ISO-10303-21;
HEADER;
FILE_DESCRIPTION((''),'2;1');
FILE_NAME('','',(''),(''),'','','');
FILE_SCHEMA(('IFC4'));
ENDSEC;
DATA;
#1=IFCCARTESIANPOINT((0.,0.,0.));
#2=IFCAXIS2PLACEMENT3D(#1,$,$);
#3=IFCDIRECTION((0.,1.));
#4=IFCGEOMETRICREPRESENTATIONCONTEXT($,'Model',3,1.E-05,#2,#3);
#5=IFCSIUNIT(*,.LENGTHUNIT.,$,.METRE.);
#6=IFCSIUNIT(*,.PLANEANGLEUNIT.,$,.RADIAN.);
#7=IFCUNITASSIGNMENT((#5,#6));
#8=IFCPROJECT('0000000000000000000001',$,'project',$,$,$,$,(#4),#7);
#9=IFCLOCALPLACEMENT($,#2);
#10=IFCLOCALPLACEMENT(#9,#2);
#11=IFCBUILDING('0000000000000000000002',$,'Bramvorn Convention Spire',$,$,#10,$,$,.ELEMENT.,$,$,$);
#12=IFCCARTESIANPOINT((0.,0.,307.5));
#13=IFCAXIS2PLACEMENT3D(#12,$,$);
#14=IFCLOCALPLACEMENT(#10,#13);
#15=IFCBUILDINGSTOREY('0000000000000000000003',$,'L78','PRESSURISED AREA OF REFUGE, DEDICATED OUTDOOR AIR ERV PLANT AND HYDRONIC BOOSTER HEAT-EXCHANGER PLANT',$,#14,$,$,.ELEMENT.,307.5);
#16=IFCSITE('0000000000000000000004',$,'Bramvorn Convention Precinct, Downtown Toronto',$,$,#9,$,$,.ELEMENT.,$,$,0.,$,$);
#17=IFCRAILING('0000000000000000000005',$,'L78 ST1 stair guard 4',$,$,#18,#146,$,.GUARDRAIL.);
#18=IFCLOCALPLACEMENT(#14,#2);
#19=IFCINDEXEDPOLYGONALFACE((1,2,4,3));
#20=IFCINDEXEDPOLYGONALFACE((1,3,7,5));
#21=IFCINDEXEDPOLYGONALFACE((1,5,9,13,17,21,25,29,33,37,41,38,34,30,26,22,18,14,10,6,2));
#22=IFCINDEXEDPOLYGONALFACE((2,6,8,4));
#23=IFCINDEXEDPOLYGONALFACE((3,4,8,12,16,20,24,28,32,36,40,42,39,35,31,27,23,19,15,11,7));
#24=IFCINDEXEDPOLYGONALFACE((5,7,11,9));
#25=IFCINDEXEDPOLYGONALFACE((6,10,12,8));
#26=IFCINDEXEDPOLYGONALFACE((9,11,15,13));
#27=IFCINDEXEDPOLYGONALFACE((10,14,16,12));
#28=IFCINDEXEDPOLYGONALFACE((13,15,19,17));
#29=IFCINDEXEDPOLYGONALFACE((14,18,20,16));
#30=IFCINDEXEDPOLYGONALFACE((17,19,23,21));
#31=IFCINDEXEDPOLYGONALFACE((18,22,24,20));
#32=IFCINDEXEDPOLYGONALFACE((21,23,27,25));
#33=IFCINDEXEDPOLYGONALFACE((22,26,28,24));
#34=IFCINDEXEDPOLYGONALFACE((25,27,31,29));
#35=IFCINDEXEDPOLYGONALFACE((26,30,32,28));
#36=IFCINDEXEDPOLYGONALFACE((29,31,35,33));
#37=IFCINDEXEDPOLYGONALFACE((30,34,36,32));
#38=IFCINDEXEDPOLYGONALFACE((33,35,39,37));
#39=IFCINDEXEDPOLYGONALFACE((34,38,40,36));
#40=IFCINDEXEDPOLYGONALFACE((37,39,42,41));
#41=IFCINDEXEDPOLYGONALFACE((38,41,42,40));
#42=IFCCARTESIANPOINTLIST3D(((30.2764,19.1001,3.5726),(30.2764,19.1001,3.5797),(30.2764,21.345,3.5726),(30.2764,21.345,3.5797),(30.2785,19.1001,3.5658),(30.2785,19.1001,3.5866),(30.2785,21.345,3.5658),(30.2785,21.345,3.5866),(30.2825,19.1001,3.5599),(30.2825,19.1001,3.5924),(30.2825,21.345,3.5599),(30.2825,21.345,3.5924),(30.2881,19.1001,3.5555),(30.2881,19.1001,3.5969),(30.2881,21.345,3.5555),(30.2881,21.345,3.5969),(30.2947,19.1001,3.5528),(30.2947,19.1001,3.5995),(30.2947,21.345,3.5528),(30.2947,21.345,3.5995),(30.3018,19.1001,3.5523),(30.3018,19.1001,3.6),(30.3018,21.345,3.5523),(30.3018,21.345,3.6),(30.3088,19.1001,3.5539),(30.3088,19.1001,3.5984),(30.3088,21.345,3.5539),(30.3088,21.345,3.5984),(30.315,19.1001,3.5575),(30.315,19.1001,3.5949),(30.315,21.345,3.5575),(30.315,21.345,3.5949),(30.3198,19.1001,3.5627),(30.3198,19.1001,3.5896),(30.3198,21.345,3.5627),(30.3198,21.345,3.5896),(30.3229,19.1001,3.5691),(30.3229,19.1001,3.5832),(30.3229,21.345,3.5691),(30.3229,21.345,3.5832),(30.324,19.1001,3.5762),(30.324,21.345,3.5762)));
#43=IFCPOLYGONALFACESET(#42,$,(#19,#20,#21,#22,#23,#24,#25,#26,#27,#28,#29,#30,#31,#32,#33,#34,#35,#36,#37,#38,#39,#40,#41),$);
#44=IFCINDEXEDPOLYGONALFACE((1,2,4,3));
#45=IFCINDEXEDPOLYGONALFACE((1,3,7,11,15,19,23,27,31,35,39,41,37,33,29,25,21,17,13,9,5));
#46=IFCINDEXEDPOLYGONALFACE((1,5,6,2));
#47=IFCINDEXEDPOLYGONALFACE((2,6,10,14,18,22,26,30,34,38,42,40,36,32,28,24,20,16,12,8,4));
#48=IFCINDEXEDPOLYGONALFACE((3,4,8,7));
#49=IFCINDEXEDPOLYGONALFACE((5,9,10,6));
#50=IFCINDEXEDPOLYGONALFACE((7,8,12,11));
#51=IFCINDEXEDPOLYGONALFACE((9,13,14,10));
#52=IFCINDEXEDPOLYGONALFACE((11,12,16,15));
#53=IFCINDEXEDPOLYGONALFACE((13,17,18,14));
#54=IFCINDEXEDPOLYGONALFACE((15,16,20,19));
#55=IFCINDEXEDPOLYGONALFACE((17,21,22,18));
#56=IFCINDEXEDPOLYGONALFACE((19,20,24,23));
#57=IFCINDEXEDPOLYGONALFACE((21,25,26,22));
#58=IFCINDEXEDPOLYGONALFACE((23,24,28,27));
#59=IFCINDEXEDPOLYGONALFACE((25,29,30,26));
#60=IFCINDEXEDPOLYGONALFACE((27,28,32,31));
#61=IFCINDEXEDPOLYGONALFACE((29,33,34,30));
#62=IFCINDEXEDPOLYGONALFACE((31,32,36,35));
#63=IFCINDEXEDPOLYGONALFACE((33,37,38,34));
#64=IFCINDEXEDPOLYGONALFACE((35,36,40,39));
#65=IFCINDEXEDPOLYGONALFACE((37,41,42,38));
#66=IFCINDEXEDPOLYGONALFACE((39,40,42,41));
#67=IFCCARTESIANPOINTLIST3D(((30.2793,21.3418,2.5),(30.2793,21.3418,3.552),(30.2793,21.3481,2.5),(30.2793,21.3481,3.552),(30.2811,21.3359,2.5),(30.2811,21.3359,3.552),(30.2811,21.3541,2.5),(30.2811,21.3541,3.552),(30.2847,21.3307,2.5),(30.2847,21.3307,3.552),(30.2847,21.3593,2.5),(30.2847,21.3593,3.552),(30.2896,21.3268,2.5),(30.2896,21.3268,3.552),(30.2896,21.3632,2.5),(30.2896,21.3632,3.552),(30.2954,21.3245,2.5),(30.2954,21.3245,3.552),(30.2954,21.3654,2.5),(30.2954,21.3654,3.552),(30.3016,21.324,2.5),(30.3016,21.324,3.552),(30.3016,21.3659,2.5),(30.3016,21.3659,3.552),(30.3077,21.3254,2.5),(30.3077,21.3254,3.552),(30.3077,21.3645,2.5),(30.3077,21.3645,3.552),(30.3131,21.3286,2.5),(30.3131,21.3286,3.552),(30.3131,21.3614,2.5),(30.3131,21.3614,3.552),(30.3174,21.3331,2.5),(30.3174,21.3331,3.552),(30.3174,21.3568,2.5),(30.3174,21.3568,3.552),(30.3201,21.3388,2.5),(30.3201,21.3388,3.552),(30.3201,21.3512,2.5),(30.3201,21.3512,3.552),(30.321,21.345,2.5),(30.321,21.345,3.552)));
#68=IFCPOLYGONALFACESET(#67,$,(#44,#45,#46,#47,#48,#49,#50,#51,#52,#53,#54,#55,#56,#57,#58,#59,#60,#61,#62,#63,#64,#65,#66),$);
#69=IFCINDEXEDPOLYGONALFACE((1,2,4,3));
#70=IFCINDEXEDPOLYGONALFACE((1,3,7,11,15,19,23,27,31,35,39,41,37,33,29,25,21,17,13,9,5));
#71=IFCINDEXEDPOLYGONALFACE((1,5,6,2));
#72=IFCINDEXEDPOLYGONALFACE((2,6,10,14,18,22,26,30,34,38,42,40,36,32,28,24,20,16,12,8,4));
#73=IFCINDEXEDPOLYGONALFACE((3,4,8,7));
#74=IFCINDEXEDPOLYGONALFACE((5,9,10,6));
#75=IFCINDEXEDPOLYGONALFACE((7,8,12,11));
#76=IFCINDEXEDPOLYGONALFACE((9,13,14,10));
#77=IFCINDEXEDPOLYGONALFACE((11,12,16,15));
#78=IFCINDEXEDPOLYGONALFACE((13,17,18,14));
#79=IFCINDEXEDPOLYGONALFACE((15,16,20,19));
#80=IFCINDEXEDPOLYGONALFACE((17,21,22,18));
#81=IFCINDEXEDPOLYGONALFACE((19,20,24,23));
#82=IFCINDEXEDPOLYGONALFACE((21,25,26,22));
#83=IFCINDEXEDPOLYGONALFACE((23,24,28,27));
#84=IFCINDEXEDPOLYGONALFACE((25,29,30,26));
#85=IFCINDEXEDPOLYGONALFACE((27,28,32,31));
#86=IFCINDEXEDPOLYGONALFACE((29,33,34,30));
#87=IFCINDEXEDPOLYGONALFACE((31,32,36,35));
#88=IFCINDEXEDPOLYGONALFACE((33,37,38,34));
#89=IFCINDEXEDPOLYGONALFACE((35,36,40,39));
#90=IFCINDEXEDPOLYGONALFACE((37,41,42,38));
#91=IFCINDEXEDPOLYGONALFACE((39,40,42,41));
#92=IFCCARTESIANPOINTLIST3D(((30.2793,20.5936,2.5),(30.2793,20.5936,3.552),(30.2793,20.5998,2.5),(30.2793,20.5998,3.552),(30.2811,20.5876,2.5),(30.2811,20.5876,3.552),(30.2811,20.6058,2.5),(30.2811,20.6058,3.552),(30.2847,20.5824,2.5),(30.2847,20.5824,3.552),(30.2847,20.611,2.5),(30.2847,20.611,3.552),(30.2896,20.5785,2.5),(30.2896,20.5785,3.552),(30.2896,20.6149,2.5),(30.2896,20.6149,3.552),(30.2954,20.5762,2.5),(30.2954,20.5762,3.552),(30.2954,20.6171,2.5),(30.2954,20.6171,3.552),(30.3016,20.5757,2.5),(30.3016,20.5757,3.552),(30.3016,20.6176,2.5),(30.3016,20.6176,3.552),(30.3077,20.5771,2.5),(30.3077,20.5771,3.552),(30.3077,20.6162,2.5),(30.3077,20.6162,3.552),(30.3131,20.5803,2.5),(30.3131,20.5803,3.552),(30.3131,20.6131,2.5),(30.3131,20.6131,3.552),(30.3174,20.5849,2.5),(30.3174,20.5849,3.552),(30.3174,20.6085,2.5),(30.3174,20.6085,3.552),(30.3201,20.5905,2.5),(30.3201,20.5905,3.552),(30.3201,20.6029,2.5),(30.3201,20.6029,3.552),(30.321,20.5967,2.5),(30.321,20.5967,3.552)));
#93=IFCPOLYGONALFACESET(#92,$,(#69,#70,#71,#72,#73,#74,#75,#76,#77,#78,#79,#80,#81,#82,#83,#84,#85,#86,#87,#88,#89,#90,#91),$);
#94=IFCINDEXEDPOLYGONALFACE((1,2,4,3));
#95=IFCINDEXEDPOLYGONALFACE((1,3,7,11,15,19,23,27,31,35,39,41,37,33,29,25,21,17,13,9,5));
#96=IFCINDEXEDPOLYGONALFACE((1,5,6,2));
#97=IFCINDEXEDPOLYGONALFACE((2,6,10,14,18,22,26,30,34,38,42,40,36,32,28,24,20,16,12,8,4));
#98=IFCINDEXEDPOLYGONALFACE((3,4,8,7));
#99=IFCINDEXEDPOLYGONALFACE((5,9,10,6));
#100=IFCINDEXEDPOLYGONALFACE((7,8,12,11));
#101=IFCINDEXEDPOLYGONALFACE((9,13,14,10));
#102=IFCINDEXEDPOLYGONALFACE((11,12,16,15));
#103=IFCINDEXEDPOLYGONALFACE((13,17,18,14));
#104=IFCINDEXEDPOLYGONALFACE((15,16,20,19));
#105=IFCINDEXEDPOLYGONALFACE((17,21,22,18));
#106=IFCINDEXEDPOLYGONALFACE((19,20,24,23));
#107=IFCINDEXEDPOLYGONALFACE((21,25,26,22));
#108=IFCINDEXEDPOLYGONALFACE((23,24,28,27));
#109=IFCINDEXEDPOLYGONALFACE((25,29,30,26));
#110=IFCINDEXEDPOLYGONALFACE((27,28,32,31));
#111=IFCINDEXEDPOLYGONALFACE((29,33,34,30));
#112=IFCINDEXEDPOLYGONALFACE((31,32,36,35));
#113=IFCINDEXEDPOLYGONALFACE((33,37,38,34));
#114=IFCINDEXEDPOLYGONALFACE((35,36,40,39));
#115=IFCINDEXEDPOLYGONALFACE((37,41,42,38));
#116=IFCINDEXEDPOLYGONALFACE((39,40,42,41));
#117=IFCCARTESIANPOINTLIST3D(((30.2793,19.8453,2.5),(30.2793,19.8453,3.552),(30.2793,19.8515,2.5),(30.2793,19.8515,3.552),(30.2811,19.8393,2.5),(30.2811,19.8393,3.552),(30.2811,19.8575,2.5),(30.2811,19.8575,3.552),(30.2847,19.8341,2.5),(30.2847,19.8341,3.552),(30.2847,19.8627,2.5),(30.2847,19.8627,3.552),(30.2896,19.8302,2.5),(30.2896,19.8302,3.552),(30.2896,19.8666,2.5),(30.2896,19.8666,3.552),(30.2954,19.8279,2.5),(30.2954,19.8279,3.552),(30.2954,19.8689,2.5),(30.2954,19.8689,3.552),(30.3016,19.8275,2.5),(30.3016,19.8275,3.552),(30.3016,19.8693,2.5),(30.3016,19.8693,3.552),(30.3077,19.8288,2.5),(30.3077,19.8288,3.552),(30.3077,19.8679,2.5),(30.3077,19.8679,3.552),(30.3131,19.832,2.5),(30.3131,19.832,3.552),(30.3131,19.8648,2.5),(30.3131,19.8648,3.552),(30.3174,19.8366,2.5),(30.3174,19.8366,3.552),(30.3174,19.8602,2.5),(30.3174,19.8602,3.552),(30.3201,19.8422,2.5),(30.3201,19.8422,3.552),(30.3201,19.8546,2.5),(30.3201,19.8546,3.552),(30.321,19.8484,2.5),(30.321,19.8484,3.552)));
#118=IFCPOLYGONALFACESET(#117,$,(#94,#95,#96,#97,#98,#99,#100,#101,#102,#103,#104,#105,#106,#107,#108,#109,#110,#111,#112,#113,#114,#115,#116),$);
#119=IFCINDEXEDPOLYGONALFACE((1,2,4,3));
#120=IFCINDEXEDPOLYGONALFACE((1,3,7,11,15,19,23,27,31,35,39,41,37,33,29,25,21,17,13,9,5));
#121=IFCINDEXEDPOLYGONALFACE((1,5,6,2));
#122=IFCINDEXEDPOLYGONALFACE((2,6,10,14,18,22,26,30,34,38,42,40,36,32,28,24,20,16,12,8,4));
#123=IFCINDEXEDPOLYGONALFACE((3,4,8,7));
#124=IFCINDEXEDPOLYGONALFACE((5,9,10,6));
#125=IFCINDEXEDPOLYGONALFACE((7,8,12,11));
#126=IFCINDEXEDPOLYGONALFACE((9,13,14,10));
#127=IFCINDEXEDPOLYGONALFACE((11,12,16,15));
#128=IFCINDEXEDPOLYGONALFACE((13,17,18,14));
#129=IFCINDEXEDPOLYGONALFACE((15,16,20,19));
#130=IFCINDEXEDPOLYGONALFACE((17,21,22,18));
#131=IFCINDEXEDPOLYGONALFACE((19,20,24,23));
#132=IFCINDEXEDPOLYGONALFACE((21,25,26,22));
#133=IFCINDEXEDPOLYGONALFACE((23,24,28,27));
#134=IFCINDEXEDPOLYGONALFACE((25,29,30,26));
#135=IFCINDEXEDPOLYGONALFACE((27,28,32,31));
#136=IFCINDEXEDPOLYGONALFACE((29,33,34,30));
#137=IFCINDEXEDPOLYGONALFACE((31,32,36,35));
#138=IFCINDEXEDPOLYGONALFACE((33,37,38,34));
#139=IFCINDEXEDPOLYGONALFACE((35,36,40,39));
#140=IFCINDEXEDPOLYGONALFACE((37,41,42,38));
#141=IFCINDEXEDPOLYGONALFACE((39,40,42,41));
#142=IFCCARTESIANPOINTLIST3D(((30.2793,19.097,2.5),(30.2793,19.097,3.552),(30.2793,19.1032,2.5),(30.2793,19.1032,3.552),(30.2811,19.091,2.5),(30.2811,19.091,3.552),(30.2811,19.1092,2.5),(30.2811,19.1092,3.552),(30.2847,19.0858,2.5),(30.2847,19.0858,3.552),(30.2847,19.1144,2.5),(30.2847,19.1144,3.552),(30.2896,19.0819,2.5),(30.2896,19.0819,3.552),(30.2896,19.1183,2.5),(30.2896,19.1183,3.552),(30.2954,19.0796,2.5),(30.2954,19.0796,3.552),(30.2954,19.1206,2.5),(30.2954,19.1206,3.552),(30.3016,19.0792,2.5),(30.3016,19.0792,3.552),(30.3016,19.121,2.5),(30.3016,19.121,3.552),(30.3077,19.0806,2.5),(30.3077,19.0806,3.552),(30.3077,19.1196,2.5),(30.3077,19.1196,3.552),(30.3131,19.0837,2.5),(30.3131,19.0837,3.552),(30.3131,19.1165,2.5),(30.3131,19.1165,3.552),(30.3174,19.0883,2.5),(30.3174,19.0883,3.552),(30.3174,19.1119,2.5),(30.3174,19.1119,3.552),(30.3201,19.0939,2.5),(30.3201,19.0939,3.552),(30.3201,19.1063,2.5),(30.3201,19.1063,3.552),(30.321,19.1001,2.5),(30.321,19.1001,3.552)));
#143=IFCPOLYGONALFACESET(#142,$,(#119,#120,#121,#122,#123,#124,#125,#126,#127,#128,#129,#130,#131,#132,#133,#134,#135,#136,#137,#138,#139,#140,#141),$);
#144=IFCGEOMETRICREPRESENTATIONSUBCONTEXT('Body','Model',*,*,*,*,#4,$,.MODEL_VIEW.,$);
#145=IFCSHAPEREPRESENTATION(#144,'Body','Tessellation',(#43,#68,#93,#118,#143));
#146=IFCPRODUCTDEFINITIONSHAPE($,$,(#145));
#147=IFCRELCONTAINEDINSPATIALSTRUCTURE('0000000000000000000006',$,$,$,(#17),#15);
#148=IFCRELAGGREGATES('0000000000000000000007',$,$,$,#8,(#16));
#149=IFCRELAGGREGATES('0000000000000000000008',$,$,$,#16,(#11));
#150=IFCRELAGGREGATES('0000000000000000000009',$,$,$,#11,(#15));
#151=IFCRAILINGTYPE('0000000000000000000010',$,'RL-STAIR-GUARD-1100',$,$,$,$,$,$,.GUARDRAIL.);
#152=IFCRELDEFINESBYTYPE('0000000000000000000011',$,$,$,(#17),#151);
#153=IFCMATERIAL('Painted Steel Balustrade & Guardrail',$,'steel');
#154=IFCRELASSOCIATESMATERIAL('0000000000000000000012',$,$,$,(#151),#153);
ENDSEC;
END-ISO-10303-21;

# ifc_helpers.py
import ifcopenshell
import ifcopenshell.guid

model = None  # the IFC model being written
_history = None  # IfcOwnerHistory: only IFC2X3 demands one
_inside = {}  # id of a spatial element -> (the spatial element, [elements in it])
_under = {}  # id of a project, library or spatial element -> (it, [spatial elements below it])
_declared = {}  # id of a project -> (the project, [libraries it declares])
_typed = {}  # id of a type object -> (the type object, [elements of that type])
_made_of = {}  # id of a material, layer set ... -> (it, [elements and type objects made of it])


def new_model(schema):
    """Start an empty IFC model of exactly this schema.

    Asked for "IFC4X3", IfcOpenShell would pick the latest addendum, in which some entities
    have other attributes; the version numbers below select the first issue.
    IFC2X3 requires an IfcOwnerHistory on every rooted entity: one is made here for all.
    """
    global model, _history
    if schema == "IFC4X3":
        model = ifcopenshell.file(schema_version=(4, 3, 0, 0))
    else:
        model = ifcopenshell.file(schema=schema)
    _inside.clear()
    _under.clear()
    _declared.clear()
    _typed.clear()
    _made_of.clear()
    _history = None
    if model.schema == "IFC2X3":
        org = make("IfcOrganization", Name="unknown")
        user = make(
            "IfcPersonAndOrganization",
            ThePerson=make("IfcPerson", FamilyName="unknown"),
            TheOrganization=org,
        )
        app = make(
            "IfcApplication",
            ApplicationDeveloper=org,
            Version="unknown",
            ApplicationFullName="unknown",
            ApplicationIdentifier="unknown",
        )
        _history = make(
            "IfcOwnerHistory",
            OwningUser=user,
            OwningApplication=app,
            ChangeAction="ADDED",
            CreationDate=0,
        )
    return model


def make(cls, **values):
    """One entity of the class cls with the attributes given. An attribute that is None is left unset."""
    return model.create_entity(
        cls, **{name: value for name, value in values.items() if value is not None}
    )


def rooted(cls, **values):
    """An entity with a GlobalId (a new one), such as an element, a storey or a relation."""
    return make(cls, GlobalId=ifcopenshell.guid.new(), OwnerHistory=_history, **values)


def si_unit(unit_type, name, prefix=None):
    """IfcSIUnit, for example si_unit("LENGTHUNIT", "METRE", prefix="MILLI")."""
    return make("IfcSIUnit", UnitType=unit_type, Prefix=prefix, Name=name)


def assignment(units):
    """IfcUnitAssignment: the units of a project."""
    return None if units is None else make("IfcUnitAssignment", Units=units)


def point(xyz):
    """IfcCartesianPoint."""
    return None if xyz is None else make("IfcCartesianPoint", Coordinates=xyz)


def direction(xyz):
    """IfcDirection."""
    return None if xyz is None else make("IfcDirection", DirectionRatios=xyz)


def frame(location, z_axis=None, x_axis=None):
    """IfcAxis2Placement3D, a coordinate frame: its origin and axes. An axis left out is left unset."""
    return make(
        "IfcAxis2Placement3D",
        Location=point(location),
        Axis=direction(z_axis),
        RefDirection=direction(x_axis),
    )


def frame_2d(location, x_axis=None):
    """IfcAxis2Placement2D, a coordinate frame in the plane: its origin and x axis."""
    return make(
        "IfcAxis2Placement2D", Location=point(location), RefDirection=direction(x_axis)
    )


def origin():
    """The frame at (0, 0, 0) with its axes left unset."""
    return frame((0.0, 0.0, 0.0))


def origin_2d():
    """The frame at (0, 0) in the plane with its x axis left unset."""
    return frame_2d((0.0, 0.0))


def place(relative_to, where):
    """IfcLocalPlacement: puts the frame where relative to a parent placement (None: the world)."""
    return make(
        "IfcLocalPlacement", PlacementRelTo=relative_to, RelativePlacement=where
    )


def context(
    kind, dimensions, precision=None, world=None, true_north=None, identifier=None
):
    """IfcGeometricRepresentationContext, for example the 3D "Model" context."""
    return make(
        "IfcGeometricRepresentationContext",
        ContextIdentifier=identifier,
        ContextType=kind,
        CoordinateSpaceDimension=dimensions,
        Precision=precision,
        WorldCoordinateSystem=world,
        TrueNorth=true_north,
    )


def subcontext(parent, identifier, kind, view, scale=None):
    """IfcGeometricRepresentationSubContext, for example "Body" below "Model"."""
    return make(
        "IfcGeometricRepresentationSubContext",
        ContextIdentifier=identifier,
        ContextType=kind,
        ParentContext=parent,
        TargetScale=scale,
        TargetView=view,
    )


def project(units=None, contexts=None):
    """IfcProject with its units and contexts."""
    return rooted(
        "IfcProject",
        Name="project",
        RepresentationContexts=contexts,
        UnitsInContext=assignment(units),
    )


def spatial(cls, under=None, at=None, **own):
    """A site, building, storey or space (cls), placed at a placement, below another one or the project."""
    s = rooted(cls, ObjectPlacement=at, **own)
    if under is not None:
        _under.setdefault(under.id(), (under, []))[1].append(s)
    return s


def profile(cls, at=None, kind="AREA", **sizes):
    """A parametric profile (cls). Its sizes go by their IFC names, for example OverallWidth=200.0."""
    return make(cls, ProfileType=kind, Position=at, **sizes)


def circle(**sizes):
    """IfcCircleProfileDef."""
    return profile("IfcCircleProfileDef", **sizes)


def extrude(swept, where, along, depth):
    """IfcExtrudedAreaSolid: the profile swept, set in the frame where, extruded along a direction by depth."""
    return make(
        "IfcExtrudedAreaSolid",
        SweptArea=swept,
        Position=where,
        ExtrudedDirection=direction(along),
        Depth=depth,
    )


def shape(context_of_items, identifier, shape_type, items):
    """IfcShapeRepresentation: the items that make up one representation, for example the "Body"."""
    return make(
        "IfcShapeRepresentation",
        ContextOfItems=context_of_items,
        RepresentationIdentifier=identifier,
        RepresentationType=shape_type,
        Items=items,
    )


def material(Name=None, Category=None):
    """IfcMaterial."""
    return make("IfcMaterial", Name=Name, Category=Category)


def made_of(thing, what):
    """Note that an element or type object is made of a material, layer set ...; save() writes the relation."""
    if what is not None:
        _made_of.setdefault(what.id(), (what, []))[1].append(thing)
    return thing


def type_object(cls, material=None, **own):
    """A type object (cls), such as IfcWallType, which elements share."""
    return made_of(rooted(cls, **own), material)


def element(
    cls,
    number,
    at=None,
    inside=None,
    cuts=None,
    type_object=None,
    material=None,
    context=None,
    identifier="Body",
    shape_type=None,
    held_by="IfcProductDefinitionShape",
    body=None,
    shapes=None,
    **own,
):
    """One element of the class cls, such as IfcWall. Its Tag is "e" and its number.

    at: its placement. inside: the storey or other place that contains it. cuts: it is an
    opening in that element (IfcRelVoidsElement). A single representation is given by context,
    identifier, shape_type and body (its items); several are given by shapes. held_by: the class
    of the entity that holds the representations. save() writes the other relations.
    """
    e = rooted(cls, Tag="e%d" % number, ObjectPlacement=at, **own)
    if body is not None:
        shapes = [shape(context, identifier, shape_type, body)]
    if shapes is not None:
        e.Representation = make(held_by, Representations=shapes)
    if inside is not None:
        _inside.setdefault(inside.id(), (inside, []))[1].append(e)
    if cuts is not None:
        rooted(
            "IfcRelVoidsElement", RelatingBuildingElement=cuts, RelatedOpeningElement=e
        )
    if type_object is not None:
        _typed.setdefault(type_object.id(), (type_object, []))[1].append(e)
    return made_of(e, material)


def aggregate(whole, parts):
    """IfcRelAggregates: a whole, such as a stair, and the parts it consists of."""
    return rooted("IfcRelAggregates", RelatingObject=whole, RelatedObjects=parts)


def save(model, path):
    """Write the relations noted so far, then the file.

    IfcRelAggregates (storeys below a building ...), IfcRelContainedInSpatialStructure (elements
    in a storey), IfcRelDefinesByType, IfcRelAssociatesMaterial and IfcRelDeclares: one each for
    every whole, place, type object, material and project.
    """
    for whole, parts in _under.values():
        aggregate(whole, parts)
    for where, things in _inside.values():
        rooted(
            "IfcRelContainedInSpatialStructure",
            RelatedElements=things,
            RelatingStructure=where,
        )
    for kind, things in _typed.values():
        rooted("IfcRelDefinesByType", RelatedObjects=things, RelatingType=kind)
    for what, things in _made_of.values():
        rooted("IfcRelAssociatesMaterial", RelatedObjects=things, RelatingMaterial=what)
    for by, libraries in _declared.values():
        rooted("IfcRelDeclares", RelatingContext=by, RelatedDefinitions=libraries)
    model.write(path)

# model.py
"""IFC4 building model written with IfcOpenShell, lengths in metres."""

from ifc_helpers import new_model, si_unit, direction, frame, origin, origin_2d, place, context, subcontext, project, spatial, circle, extrude, material, type_object, element, save


model = new_model("IFC4")

# Units and contexts
model_context = context("Model", 3, precision=1e-05, world=origin(), true_north=direction((0.0, 1.0)))
body_context = subcontext(model_context, "Body", "Model", "MODEL_VIEW")
ifc_project = project(units=[si_unit("LENGTHUNIT", "METRE"), si_unit("PLANEANGLEUNIT", "RADIAN")], contexts=[model_context])

# Site, building, storey
site_placement = place(None, origin())
site = spatial("IfcSite", under=ifc_project, at=site_placement, Name="Bramvorn Convention Precinct, Downtown Toronto", CompositionType="ELEMENT", RefElevation=0.0)
building_placement = place(site_placement, origin())
building = spatial("IfcBuilding", under=site, at=building_placement, Name="Bramvorn Convention Spire", CompositionType="ELEMENT")
storey_placement = place(building_placement, frame((0.0, 0.0, 307.5)))
storey = spatial("IfcBuildingStorey", under=building, at=storey_placement, Name="L78", Description="PRESSURISED AREA OF REFUGE, DEDICATED OUTDOOR AIR ERV PLANT AND HYDRONIC BOOSTER HEAT-EXCHANGER PLANT", CompositionType="ELEMENT", Elevation=307.5)

# Railing
ifc_material_1 = material(Name="Painted Steel Balustrade & Guardrail", Category="steel")
railing_type_1 = type_object("IfcRailingType", Name="RL-STAIR-GUARD-1100", PredefinedType="GUARDRAIL", material=ifc_material_1)
for number, where, name in (
    (1, (30.3, 21.345, 2.5), "L78 ST1 stair guard 4"),
):
    element("IfcRailing", number, at=place(storey_placement, frame(where)), inside=storey, type_object=railing_type_1, Name=name, PredefinedType="GUARDRAIL", context=body_context, shape_type="SweptSolid", body=[
        extrude(circle(Radius=0.0239, at=origin_2d()), frame((0.0, 0.0, 1.0762), z_axis=(0.0, -1.0, 0.0), x_axis=(1.0, 0.0, 0.0)), (0.0, 0.0, 1.0), 2.2449),
        extrude(circle(Radius=0.021, at=origin_2d()), origin(), (0.0, 0.0, 1.0), 1.052),
        extrude(circle(Radius=0.021, at=origin_2d()), frame((0.0, -0.7483, 0.0)), (0.0, 0.0, 1.0), 1.052),
        extrude(circle(Radius=0.021, at=origin_2d()), frame((0.0, -1.4966, 0.0)), (0.0, 0.0, 1.0), 1.052),
        extrude(circle(Radius=0.021, at=origin_2d()), frame((0.0, -2.2449, 0.0)), (0.0, 0.0, 1.0), 1.052),
    ])

save(model, "model.ifc")
